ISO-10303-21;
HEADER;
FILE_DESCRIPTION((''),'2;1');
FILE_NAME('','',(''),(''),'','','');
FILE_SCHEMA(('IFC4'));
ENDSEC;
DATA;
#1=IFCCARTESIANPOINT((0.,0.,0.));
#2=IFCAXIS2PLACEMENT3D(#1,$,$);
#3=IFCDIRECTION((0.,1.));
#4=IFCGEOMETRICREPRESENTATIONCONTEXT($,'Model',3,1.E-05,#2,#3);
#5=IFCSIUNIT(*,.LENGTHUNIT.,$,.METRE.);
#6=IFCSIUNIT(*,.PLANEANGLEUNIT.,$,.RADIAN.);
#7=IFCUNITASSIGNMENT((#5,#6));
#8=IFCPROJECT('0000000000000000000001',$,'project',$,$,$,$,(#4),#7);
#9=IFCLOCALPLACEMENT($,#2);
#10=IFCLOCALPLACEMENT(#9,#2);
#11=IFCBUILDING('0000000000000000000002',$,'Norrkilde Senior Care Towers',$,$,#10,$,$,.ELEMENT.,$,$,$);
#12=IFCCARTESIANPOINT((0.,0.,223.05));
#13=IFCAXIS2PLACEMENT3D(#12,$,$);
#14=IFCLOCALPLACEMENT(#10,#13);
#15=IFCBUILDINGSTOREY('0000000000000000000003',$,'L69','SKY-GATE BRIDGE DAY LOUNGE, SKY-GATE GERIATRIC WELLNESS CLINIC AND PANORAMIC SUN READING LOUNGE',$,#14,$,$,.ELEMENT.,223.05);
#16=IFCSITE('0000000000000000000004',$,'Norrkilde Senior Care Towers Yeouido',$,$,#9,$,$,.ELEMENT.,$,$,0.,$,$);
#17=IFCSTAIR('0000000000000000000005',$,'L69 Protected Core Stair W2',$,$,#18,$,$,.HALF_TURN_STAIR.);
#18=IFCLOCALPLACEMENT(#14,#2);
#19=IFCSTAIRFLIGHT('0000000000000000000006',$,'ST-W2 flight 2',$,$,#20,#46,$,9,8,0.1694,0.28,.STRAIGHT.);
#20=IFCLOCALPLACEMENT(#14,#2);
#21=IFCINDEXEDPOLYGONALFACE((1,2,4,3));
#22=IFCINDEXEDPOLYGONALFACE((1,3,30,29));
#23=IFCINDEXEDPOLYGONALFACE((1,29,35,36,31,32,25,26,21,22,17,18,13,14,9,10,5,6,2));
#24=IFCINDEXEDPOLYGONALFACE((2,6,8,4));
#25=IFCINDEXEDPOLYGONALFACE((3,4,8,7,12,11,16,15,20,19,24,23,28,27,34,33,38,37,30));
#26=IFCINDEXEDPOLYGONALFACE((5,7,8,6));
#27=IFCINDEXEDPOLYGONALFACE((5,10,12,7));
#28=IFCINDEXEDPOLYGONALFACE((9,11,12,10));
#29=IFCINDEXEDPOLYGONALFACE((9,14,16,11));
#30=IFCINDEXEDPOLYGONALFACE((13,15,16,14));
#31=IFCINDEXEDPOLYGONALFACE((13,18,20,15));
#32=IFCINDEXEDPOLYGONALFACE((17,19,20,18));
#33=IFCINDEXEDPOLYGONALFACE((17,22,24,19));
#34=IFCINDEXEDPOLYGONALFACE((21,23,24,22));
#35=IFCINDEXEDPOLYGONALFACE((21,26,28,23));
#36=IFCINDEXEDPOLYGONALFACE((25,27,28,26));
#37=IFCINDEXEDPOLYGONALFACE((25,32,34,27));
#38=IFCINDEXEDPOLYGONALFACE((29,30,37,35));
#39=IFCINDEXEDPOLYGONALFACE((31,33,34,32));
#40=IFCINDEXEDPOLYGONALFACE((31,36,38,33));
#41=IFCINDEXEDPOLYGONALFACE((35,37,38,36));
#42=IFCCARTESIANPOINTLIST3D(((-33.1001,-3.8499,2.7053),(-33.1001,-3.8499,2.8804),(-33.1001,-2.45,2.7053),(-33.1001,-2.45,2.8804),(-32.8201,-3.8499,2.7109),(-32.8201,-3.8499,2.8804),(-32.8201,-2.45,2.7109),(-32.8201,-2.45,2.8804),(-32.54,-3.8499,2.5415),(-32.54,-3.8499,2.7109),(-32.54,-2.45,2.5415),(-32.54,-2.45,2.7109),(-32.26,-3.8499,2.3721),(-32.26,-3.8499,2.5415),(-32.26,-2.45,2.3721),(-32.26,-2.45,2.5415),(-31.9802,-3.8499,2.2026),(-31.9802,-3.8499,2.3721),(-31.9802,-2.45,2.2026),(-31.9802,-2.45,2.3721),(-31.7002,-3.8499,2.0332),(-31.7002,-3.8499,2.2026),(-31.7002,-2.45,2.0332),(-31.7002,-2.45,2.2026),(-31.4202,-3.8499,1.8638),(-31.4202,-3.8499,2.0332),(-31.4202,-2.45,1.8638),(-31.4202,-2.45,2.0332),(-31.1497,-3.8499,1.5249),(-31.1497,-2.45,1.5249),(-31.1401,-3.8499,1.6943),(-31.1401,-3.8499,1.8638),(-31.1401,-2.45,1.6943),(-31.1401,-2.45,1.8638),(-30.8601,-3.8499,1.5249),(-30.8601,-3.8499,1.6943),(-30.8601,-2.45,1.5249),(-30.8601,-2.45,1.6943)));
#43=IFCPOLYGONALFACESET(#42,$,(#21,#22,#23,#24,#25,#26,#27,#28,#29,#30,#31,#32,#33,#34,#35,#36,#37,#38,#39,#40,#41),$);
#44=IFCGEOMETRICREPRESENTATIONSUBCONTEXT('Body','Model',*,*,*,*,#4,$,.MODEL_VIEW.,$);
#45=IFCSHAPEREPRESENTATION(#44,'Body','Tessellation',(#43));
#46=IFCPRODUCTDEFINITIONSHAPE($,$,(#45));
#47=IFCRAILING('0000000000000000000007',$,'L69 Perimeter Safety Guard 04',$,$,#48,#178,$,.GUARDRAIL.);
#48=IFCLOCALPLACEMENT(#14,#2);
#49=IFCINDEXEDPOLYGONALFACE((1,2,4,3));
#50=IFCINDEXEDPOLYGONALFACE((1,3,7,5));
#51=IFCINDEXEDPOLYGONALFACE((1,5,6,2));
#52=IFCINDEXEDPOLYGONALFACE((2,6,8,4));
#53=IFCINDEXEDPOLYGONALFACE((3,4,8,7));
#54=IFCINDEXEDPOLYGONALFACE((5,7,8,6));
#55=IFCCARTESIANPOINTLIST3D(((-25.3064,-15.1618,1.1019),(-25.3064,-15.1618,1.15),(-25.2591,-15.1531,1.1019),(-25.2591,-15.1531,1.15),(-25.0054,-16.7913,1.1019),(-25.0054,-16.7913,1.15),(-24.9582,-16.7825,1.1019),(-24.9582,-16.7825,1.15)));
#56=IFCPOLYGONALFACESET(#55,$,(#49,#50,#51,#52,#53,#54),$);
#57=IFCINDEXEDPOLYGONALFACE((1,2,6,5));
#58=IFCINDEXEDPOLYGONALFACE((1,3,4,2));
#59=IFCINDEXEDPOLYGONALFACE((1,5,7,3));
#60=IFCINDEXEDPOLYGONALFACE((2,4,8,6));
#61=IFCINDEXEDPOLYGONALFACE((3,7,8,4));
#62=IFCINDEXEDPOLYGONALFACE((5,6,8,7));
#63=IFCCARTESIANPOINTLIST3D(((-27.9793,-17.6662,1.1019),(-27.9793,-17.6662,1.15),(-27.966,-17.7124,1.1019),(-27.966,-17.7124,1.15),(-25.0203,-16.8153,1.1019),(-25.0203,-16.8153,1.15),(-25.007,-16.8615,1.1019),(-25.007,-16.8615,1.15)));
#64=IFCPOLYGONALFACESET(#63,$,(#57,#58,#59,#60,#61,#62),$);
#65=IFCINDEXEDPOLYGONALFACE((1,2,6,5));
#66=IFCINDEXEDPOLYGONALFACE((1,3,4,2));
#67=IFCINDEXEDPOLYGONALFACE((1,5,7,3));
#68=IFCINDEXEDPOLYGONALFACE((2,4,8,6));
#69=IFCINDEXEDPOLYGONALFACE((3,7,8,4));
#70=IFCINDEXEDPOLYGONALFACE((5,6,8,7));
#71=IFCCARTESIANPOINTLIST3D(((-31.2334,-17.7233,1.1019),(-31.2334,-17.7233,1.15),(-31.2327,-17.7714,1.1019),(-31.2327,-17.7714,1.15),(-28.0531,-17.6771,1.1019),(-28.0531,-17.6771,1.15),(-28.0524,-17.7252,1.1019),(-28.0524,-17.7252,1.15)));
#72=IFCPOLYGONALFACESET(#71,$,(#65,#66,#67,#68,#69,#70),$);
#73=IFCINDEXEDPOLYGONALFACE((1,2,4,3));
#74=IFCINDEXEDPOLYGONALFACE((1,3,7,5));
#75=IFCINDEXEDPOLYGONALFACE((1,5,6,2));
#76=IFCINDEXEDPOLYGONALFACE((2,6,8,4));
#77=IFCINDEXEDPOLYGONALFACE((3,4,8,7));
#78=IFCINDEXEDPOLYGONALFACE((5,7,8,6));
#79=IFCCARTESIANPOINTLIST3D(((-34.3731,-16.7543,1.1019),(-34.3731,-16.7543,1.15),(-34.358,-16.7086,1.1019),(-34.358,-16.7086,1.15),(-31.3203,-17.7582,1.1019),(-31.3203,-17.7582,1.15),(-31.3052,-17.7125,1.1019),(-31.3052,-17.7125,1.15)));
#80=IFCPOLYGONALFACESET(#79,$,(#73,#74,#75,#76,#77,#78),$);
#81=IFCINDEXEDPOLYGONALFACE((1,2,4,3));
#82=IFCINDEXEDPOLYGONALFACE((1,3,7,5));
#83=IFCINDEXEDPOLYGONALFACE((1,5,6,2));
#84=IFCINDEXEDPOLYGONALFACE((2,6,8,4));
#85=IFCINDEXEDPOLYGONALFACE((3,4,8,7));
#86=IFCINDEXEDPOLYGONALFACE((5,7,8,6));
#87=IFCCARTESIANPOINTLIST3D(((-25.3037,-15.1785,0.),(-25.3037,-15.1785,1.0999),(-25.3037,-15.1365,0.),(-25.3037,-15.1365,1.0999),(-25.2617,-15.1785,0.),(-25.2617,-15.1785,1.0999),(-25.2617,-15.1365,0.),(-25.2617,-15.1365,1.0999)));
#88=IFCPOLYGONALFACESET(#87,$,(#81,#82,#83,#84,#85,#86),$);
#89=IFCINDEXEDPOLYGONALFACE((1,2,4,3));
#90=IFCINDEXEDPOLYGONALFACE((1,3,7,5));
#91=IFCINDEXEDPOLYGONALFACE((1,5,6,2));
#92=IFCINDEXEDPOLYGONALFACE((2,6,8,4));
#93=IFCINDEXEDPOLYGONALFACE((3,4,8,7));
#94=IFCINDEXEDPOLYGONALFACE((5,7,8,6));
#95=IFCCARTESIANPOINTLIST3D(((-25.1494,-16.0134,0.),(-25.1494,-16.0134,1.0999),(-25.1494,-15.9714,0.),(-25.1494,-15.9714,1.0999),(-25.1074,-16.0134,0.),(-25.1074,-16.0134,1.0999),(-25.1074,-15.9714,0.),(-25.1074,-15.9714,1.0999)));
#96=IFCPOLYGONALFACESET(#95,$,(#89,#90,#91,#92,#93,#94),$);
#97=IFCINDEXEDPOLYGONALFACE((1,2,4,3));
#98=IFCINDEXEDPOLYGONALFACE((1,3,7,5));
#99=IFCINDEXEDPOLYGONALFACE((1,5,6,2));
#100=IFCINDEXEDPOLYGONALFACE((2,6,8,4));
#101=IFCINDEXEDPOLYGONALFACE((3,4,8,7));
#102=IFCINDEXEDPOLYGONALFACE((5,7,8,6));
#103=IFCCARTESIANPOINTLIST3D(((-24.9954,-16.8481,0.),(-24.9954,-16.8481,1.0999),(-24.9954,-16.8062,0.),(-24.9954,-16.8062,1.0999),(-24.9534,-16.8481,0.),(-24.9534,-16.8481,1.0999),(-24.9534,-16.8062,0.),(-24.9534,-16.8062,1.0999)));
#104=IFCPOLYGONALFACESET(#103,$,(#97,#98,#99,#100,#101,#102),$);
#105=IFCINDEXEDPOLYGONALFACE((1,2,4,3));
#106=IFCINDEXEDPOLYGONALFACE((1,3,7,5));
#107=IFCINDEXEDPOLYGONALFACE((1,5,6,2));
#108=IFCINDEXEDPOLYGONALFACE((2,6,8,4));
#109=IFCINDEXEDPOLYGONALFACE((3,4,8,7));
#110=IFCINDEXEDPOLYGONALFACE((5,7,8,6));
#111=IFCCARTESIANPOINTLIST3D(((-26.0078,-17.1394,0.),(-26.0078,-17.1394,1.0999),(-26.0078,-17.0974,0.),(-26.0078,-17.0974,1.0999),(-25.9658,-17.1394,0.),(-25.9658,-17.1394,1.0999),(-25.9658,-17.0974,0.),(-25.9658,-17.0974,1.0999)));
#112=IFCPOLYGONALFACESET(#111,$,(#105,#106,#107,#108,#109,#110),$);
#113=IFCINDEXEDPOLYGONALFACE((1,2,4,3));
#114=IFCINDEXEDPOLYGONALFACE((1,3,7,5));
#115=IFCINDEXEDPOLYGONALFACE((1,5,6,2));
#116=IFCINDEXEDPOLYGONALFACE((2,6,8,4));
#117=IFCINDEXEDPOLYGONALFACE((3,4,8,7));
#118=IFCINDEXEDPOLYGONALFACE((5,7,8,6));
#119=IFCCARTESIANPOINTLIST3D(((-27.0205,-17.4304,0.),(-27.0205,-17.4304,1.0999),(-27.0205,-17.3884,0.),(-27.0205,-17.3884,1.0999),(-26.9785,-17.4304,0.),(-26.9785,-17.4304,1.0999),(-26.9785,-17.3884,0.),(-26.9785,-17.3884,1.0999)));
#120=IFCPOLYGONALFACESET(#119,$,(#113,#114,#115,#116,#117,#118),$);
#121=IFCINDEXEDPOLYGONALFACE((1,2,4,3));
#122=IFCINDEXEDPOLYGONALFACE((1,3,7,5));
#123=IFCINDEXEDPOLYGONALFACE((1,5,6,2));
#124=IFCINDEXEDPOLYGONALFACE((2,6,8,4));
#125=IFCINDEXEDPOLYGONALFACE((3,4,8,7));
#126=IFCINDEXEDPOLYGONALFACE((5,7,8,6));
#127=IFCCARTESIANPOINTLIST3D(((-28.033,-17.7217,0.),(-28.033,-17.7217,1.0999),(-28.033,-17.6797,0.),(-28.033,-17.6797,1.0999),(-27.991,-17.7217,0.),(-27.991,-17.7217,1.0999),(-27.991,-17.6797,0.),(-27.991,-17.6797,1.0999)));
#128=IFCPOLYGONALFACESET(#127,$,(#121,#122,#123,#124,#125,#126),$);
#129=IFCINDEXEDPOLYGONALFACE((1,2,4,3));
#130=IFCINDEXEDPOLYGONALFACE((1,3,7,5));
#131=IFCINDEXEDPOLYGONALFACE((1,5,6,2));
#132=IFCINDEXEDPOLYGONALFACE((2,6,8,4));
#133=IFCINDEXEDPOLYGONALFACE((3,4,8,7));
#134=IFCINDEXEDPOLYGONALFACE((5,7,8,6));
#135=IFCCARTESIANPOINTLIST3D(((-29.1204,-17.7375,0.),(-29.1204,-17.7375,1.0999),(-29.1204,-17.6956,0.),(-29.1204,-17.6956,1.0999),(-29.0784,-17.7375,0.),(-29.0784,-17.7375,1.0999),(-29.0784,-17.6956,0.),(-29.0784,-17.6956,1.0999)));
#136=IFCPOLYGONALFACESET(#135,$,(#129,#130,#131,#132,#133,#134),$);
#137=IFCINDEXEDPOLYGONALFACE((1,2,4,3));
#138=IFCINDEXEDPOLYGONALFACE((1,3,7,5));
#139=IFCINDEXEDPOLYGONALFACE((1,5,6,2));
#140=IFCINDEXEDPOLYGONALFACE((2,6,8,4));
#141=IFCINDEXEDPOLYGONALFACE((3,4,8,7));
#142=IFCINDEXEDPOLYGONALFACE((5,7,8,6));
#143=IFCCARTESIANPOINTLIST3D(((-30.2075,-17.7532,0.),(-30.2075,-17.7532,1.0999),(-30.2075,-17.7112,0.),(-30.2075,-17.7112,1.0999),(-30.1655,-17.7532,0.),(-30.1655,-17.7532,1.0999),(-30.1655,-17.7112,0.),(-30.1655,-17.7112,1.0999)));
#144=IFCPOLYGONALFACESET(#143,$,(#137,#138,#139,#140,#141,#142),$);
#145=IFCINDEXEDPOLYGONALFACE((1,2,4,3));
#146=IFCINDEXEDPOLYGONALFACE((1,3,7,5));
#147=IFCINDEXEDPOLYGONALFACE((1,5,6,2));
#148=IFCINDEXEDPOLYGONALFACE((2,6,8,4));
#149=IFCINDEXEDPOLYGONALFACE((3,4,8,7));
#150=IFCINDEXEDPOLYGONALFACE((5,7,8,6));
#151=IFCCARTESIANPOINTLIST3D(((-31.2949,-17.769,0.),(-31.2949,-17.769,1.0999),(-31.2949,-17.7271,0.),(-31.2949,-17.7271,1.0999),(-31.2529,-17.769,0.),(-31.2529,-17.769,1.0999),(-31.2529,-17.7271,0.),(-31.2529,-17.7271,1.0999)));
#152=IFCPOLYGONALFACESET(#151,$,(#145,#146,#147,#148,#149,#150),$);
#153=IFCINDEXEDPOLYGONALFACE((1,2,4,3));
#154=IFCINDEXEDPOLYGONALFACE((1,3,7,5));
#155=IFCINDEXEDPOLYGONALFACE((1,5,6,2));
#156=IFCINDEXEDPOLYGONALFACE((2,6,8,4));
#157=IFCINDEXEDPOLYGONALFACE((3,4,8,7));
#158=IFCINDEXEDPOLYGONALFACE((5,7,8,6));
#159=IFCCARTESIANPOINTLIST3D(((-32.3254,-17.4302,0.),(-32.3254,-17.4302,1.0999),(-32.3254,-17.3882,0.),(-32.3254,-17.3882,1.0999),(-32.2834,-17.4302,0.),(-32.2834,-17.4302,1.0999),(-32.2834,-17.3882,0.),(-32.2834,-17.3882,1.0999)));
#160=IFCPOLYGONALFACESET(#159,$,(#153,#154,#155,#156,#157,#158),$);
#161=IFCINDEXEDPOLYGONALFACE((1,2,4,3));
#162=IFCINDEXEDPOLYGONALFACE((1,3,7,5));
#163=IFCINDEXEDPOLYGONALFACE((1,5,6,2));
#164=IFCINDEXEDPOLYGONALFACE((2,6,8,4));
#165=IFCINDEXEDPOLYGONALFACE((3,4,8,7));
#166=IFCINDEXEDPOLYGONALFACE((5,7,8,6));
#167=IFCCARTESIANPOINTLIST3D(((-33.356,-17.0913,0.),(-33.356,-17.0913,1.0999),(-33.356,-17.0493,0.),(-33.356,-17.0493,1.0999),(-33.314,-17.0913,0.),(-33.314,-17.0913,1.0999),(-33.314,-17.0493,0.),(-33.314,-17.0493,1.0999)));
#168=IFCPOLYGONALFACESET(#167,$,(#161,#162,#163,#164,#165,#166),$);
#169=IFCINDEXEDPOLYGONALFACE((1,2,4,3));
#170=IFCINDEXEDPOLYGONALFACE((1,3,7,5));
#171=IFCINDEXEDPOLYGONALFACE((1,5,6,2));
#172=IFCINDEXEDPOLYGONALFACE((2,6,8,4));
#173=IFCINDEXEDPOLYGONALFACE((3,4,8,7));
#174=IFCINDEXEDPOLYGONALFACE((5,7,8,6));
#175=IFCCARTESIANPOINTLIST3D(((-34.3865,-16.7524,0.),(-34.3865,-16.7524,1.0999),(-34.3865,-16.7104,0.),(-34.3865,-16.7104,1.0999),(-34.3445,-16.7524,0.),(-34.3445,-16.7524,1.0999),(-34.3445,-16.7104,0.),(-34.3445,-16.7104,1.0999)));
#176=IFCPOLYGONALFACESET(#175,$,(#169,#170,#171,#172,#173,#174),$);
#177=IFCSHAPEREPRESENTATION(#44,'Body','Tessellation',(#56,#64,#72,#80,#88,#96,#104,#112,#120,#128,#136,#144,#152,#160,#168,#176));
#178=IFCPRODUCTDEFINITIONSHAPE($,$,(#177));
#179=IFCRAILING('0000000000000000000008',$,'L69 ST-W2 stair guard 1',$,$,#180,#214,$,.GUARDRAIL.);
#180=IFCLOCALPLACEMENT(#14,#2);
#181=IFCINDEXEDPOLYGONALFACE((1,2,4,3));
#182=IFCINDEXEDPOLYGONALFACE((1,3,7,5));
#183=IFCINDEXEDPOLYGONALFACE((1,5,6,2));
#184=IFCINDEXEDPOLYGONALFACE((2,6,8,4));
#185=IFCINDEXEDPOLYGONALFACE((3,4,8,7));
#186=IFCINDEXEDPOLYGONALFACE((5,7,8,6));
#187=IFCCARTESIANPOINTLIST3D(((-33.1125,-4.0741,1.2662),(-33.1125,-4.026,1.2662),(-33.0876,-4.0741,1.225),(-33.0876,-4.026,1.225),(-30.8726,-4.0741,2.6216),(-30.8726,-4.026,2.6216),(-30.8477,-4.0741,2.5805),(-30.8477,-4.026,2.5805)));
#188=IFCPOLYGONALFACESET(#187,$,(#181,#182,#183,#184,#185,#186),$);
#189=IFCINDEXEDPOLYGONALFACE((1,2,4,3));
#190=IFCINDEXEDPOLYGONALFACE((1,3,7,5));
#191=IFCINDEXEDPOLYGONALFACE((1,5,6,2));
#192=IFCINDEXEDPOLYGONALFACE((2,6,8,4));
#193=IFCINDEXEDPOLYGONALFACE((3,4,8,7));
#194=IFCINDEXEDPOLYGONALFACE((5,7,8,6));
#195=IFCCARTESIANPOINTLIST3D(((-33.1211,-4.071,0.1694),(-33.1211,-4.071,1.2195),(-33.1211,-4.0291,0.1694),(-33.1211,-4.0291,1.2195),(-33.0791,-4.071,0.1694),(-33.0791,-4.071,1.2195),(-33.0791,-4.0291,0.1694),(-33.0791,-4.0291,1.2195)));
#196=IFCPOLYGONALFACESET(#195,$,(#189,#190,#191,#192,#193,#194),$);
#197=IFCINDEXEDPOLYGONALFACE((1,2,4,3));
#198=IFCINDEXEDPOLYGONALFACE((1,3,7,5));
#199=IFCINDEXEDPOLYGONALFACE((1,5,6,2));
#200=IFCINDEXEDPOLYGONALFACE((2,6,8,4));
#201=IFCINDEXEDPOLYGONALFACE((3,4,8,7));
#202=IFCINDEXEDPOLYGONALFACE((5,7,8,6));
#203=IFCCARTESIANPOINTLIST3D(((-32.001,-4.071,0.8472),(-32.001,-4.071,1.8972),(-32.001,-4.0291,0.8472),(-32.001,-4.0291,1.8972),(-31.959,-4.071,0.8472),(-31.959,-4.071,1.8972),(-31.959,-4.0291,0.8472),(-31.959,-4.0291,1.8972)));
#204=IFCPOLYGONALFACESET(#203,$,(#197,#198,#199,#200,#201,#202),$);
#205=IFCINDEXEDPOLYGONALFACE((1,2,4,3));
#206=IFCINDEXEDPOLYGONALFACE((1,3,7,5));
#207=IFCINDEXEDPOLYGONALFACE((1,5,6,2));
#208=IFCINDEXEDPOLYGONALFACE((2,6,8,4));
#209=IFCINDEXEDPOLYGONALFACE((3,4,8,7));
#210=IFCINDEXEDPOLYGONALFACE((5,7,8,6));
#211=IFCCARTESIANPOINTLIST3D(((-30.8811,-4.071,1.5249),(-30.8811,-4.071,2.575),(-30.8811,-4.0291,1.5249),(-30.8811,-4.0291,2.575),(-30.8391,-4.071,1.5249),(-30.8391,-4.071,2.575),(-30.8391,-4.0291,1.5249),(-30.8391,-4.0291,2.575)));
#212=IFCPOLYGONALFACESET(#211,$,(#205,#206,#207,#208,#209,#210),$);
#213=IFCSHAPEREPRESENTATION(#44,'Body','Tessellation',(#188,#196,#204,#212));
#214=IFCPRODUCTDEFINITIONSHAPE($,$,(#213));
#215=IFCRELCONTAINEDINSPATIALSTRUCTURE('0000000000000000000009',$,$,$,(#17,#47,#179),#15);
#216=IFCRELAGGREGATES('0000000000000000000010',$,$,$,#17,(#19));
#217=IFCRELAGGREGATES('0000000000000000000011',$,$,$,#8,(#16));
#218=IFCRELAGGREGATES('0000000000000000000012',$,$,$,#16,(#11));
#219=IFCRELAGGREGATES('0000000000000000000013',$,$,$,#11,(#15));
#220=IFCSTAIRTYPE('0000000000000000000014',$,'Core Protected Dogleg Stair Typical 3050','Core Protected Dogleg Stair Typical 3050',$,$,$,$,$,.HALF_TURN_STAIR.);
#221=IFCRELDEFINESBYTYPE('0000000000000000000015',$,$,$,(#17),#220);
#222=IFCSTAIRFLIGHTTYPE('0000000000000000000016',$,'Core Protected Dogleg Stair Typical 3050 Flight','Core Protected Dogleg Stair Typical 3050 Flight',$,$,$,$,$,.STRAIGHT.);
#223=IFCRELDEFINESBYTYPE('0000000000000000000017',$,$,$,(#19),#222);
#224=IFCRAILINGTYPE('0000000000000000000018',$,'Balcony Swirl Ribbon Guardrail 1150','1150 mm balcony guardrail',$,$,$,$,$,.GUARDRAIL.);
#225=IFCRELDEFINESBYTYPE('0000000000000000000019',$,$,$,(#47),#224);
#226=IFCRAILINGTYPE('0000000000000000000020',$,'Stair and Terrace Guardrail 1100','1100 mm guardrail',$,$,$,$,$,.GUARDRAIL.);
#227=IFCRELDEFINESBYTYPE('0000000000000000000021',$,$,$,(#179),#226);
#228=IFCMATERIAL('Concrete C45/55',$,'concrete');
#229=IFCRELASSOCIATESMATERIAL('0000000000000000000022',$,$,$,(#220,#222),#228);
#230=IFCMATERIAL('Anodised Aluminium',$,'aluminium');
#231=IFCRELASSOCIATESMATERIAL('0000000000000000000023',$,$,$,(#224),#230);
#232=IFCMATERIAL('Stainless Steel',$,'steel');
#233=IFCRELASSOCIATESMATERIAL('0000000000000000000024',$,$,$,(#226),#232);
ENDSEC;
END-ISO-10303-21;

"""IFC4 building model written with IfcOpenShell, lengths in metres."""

from ifc_helpers import new_model, si_unit, direction, frame, origin, origin_2d, place, context, subcontext, project, spatial, polyline, rectangle, outline, extrude, material, type_object, element, aggregate, save


model = new_model("IFC4")

# Units and contexts
model_context = context("Model", 3, precision=1e-05, world=origin(), true_north=direction((0.0, 1.0)))
body_context = subcontext(model_context, "Body", "Model", "MODEL_VIEW")
ifc_project = project(units=[si_unit("LENGTHUNIT", "METRE"), si_unit("PLANEANGLEUNIT", "RADIAN")], contexts=[model_context])

# Site, building, storey
site_placement = place(None, origin())
site = spatial("IfcSite", under=ifc_project, at=site_placement, Name="Norrkilde Senior Care Towers Yeouido", CompositionType="ELEMENT", RefElevation=0.0)
building_placement = place(site_placement, origin())
building = spatial("IfcBuilding", under=site, at=building_placement, Name="Norrkilde Senior Care Towers", CompositionType="ELEMENT")
storey_placement = place(building_placement, frame((0.0, 0.0, 223.05)))
storey = spatial("IfcBuildingStorey", under=building, at=storey_placement, Name="L69", Description="SKY-GATE BRIDGE DAY LOUNGE, SKY-GATE GERIATRIC WELLNESS CLINIC AND PANORAMIC SUN READING LOUNGE", CompositionType="ELEMENT", Elevation=223.05)

# Shared definitions
ifc_material_1 = material(Name="Anodised Aluminium", Category="aluminium")

# Shared definitions
ifc_material_2 = material(Name="Concrete C45/55", Category="concrete")

# Shared definitions
ifc_material_3 = material(Name="Stainless Steel", Category="steel")

# Stair, stair flight
stair_type = type_object("IfcStairType", Name="Core Protected Dogleg Stair Typical 3050", Description="Core Protected Dogleg Stair Typical 3050", PredefinedType="HALF_TURN_STAIR", material=ifc_material_2)
stair_placement = place(storey_placement, origin())
stair = element("IfcStair", 1, at=stair_placement, inside=storey, type_object=stair_type, Name="L69 Protected Core Stair W2", PredefinedType="HALF_TURN_STAIR")
stair_flight_type = type_object("IfcStairFlightType", Name="Core Protected Dogleg Stair Typical 3050 Flight", Description="Core Protected Dogleg Stair Typical 3050 Flight", PredefinedType="STRAIGHT", material=ifc_material_2)
stair_flight_1_placement = place(storey_placement, frame((-30.8601, -3.1499, 1.5249), z_axis=(0.0, 0.0, 1.0), x_axis=(-1.0, 0.0, 0.0)))
stair_flight_1 = element("IfcStairFlight", 2, at=stair_flight_1_placement, type_object=stair_flight_type, Name="ST-W2 flight 2", NumberOfRisers=9, NumberOfTreads=8, PredefinedType="STRAIGHT", RiserHeight=0.1694, TreadLength=0.28, context=body_context, shape_type="SweptSolid", body=[
    extrude(outline(polyline([(0.0, 0.0), (0.0, 0.1694), (0.28, 0.1694), (0.28, 0.3389), (0.5601, 0.3389), (0.5601, 0.5083), (0.8401, 0.5083), (0.8401, 0.6777), (1.1201, 0.6777), (1.1201, 0.8472), (1.3999, 0.8472), (1.3999, 1.0166), (1.6799, 1.0166), (1.6799, 1.186), (1.96, 1.186), (1.96, 1.3555), (2.24, 1.3555), (2.24, 1.5249), (2.24, 1.1804), (0.2896, 0.0), (0.0, 0.0)])), frame((0.0, 0.7, 0.0), z_axis=(0.0, -1.0, 0.0), x_axis=(1.0, 0.0, 0.0)), (0.0, 0.0, 1.0), 1.3999),
])
aggregate(stair, [stair_flight_1])

# Railings
railing_type_1 = type_object("IfcRailingType", Name="Balcony Swirl Ribbon Guardrail 1150", Description="1150 mm balcony guardrail", PredefinedType="GUARDRAIL", material=ifc_material_1)
railing_1_placement = place(storey_placement, frame((-25.2827, -15.1575, 0.0)))
element("IfcRailing", 3, at=railing_1_placement, inside=storey, type_object=railing_type_1, Name="L69 Perimeter Safety Guard 04", PredefinedType="GUARDRAIL", context=body_context, shape_type="SweptSolid", body=[
    extrude(rectangle(XDim=0.0481, YDim=0.0481, at=origin_2d()), frame((0.0, 0.0, 1.126), z_axis=(0.181605, -0.983372, 0.0), x_axis=(0.983372, 0.181605, 0.0)), (0.0, 0.0, 1.0), 1.657),
    extrude(rectangle(XDim=0.0481, YDim=0.0481, at=origin_2d()), frame((0.269, -1.6809, 1.126), z_axis=(-0.96105, -0.276373, 0.0), x_axis=(0.276373, -0.96105, 0.0)), (0.0, 0.0, 1.0), 3.0789),
    extrude(rectangle(XDim=0.0481, YDim=0.0481, at=origin_2d()), frame((-2.77, -2.5437, 1.126), z_axis=(-0.999895, -0.014518, 0.0), x_axis=(0.014518, -0.999895, 0.0)), (0.0, 0.0, 1.0), 3.1807),
    extrude(rectangle(XDim=0.0481, YDim=0.0481, at=origin_2d()), frame((-6.03, -2.5779, 1.126), z_axis=(-0.949958, 0.312377, 0.0), x_axis=(-0.312377, -0.949958, 0.0)), (0.0, 0.0, 1.0), 3.2136),
    extrude(rectangle(XDim=0.042, YDim=0.042, at=origin_2d()), origin(), (0.0, 0.0, 1.0), 1.0999),
    extrude(rectangle(XDim=0.042, YDim=0.042, at=origin_2d()), frame((0.1543, -0.835, 0.0)), (0.0, 0.0, 1.0), 1.0999),
    extrude(rectangle(XDim=0.042, YDim=0.042, at=origin_2d()), frame((0.3083, -1.6697, 0.0)), (0.0, 0.0, 1.0), 1.0999),
    extrude(rectangle(XDim=0.042, YDim=0.042, at=origin_2d()), frame((-0.7041, -1.9609, 0.0)), (0.0, 0.0, 1.0), 1.0999),
    extrude(rectangle(XDim=0.042, YDim=0.042, at=origin_2d()), frame((-1.7168, -2.252, 0.0)), (0.0, 0.0, 1.0), 1.0999),
    extrude(rectangle(XDim=0.042, YDim=0.042, at=origin_2d()), frame((-2.7292, -2.5432, 0.0)), (0.0, 0.0, 1.0), 1.0999),
    extrude(rectangle(XDim=0.042, YDim=0.042, at=origin_2d()), frame((-3.8167, -2.5591, 0.0)), (0.0, 0.0, 1.0), 1.0999),
    extrude(rectangle(XDim=0.042, YDim=0.042, at=origin_2d()), frame((-4.9038, -2.5747, 0.0)), (0.0, 0.0, 1.0), 1.0999),
    extrude(rectangle(XDim=0.042, YDim=0.042, at=origin_2d()), frame((-5.9912, -2.5906, 0.0)), (0.0, 0.0, 1.0), 1.0999),
    extrude(rectangle(XDim=0.042, YDim=0.042, at=origin_2d()), frame((-7.0217, -2.2517, 0.0)), (0.0, 0.0, 1.0), 1.0999),
    extrude(rectangle(XDim=0.042, YDim=0.042, at=origin_2d()), frame((-8.0522, -1.9128, 0.0)), (0.0, 0.0, 1.0), 1.0999),
    extrude(rectangle(XDim=0.042, YDim=0.042, at=origin_2d()), frame((-9.0828, -1.574, 0.0)), (0.0, 0.0, 1.0), 1.0999),
])
railing_type_2 = type_object("IfcRailingType", Name="Stair and Terrace Guardrail 1100", Description="1100 mm guardrail", PredefinedType="GUARDRAIL", material=ifc_material_3)
railing_2_placement = place(storey_placement, frame((-33.1001, -4.05, 0.1694)))
element("IfcRailing", 4, at=railing_2_placement, inside=storey, type_object=railing_type_2, Name="L69 ST-W2 stair guard 1", PredefinedType="GUARDRAIL", context=body_context, shape_type="SweptSolid", body=[
    extrude(rectangle(XDim=0.0481, YDim=0.0481, at=origin_2d()), frame((0.0, 0.0, 1.0762), z_axis=(0.855553, 0.0, 0.517715), x_axis=(0.0, 1.0, 0.0)), (0.0, 0.0, 1.0), 2.6182),
    extrude(rectangle(XDim=0.042, YDim=0.042, at=origin_2d()), origin(), (0.0, 0.0, 1.0), 1.05),
    extrude(rectangle(XDim=0.042, YDim=0.042, at=origin_2d()), frame((1.1201, 0.0, 0.6777)), (0.0, 0.0, 1.0), 1.05),
    extrude(rectangle(XDim=0.042, YDim=0.042, at=origin_2d()), frame((2.24, 0.0, 1.3555)), (0.0, 0.0, 1.0), 1.05),
])

save(model, "model.ifc")
